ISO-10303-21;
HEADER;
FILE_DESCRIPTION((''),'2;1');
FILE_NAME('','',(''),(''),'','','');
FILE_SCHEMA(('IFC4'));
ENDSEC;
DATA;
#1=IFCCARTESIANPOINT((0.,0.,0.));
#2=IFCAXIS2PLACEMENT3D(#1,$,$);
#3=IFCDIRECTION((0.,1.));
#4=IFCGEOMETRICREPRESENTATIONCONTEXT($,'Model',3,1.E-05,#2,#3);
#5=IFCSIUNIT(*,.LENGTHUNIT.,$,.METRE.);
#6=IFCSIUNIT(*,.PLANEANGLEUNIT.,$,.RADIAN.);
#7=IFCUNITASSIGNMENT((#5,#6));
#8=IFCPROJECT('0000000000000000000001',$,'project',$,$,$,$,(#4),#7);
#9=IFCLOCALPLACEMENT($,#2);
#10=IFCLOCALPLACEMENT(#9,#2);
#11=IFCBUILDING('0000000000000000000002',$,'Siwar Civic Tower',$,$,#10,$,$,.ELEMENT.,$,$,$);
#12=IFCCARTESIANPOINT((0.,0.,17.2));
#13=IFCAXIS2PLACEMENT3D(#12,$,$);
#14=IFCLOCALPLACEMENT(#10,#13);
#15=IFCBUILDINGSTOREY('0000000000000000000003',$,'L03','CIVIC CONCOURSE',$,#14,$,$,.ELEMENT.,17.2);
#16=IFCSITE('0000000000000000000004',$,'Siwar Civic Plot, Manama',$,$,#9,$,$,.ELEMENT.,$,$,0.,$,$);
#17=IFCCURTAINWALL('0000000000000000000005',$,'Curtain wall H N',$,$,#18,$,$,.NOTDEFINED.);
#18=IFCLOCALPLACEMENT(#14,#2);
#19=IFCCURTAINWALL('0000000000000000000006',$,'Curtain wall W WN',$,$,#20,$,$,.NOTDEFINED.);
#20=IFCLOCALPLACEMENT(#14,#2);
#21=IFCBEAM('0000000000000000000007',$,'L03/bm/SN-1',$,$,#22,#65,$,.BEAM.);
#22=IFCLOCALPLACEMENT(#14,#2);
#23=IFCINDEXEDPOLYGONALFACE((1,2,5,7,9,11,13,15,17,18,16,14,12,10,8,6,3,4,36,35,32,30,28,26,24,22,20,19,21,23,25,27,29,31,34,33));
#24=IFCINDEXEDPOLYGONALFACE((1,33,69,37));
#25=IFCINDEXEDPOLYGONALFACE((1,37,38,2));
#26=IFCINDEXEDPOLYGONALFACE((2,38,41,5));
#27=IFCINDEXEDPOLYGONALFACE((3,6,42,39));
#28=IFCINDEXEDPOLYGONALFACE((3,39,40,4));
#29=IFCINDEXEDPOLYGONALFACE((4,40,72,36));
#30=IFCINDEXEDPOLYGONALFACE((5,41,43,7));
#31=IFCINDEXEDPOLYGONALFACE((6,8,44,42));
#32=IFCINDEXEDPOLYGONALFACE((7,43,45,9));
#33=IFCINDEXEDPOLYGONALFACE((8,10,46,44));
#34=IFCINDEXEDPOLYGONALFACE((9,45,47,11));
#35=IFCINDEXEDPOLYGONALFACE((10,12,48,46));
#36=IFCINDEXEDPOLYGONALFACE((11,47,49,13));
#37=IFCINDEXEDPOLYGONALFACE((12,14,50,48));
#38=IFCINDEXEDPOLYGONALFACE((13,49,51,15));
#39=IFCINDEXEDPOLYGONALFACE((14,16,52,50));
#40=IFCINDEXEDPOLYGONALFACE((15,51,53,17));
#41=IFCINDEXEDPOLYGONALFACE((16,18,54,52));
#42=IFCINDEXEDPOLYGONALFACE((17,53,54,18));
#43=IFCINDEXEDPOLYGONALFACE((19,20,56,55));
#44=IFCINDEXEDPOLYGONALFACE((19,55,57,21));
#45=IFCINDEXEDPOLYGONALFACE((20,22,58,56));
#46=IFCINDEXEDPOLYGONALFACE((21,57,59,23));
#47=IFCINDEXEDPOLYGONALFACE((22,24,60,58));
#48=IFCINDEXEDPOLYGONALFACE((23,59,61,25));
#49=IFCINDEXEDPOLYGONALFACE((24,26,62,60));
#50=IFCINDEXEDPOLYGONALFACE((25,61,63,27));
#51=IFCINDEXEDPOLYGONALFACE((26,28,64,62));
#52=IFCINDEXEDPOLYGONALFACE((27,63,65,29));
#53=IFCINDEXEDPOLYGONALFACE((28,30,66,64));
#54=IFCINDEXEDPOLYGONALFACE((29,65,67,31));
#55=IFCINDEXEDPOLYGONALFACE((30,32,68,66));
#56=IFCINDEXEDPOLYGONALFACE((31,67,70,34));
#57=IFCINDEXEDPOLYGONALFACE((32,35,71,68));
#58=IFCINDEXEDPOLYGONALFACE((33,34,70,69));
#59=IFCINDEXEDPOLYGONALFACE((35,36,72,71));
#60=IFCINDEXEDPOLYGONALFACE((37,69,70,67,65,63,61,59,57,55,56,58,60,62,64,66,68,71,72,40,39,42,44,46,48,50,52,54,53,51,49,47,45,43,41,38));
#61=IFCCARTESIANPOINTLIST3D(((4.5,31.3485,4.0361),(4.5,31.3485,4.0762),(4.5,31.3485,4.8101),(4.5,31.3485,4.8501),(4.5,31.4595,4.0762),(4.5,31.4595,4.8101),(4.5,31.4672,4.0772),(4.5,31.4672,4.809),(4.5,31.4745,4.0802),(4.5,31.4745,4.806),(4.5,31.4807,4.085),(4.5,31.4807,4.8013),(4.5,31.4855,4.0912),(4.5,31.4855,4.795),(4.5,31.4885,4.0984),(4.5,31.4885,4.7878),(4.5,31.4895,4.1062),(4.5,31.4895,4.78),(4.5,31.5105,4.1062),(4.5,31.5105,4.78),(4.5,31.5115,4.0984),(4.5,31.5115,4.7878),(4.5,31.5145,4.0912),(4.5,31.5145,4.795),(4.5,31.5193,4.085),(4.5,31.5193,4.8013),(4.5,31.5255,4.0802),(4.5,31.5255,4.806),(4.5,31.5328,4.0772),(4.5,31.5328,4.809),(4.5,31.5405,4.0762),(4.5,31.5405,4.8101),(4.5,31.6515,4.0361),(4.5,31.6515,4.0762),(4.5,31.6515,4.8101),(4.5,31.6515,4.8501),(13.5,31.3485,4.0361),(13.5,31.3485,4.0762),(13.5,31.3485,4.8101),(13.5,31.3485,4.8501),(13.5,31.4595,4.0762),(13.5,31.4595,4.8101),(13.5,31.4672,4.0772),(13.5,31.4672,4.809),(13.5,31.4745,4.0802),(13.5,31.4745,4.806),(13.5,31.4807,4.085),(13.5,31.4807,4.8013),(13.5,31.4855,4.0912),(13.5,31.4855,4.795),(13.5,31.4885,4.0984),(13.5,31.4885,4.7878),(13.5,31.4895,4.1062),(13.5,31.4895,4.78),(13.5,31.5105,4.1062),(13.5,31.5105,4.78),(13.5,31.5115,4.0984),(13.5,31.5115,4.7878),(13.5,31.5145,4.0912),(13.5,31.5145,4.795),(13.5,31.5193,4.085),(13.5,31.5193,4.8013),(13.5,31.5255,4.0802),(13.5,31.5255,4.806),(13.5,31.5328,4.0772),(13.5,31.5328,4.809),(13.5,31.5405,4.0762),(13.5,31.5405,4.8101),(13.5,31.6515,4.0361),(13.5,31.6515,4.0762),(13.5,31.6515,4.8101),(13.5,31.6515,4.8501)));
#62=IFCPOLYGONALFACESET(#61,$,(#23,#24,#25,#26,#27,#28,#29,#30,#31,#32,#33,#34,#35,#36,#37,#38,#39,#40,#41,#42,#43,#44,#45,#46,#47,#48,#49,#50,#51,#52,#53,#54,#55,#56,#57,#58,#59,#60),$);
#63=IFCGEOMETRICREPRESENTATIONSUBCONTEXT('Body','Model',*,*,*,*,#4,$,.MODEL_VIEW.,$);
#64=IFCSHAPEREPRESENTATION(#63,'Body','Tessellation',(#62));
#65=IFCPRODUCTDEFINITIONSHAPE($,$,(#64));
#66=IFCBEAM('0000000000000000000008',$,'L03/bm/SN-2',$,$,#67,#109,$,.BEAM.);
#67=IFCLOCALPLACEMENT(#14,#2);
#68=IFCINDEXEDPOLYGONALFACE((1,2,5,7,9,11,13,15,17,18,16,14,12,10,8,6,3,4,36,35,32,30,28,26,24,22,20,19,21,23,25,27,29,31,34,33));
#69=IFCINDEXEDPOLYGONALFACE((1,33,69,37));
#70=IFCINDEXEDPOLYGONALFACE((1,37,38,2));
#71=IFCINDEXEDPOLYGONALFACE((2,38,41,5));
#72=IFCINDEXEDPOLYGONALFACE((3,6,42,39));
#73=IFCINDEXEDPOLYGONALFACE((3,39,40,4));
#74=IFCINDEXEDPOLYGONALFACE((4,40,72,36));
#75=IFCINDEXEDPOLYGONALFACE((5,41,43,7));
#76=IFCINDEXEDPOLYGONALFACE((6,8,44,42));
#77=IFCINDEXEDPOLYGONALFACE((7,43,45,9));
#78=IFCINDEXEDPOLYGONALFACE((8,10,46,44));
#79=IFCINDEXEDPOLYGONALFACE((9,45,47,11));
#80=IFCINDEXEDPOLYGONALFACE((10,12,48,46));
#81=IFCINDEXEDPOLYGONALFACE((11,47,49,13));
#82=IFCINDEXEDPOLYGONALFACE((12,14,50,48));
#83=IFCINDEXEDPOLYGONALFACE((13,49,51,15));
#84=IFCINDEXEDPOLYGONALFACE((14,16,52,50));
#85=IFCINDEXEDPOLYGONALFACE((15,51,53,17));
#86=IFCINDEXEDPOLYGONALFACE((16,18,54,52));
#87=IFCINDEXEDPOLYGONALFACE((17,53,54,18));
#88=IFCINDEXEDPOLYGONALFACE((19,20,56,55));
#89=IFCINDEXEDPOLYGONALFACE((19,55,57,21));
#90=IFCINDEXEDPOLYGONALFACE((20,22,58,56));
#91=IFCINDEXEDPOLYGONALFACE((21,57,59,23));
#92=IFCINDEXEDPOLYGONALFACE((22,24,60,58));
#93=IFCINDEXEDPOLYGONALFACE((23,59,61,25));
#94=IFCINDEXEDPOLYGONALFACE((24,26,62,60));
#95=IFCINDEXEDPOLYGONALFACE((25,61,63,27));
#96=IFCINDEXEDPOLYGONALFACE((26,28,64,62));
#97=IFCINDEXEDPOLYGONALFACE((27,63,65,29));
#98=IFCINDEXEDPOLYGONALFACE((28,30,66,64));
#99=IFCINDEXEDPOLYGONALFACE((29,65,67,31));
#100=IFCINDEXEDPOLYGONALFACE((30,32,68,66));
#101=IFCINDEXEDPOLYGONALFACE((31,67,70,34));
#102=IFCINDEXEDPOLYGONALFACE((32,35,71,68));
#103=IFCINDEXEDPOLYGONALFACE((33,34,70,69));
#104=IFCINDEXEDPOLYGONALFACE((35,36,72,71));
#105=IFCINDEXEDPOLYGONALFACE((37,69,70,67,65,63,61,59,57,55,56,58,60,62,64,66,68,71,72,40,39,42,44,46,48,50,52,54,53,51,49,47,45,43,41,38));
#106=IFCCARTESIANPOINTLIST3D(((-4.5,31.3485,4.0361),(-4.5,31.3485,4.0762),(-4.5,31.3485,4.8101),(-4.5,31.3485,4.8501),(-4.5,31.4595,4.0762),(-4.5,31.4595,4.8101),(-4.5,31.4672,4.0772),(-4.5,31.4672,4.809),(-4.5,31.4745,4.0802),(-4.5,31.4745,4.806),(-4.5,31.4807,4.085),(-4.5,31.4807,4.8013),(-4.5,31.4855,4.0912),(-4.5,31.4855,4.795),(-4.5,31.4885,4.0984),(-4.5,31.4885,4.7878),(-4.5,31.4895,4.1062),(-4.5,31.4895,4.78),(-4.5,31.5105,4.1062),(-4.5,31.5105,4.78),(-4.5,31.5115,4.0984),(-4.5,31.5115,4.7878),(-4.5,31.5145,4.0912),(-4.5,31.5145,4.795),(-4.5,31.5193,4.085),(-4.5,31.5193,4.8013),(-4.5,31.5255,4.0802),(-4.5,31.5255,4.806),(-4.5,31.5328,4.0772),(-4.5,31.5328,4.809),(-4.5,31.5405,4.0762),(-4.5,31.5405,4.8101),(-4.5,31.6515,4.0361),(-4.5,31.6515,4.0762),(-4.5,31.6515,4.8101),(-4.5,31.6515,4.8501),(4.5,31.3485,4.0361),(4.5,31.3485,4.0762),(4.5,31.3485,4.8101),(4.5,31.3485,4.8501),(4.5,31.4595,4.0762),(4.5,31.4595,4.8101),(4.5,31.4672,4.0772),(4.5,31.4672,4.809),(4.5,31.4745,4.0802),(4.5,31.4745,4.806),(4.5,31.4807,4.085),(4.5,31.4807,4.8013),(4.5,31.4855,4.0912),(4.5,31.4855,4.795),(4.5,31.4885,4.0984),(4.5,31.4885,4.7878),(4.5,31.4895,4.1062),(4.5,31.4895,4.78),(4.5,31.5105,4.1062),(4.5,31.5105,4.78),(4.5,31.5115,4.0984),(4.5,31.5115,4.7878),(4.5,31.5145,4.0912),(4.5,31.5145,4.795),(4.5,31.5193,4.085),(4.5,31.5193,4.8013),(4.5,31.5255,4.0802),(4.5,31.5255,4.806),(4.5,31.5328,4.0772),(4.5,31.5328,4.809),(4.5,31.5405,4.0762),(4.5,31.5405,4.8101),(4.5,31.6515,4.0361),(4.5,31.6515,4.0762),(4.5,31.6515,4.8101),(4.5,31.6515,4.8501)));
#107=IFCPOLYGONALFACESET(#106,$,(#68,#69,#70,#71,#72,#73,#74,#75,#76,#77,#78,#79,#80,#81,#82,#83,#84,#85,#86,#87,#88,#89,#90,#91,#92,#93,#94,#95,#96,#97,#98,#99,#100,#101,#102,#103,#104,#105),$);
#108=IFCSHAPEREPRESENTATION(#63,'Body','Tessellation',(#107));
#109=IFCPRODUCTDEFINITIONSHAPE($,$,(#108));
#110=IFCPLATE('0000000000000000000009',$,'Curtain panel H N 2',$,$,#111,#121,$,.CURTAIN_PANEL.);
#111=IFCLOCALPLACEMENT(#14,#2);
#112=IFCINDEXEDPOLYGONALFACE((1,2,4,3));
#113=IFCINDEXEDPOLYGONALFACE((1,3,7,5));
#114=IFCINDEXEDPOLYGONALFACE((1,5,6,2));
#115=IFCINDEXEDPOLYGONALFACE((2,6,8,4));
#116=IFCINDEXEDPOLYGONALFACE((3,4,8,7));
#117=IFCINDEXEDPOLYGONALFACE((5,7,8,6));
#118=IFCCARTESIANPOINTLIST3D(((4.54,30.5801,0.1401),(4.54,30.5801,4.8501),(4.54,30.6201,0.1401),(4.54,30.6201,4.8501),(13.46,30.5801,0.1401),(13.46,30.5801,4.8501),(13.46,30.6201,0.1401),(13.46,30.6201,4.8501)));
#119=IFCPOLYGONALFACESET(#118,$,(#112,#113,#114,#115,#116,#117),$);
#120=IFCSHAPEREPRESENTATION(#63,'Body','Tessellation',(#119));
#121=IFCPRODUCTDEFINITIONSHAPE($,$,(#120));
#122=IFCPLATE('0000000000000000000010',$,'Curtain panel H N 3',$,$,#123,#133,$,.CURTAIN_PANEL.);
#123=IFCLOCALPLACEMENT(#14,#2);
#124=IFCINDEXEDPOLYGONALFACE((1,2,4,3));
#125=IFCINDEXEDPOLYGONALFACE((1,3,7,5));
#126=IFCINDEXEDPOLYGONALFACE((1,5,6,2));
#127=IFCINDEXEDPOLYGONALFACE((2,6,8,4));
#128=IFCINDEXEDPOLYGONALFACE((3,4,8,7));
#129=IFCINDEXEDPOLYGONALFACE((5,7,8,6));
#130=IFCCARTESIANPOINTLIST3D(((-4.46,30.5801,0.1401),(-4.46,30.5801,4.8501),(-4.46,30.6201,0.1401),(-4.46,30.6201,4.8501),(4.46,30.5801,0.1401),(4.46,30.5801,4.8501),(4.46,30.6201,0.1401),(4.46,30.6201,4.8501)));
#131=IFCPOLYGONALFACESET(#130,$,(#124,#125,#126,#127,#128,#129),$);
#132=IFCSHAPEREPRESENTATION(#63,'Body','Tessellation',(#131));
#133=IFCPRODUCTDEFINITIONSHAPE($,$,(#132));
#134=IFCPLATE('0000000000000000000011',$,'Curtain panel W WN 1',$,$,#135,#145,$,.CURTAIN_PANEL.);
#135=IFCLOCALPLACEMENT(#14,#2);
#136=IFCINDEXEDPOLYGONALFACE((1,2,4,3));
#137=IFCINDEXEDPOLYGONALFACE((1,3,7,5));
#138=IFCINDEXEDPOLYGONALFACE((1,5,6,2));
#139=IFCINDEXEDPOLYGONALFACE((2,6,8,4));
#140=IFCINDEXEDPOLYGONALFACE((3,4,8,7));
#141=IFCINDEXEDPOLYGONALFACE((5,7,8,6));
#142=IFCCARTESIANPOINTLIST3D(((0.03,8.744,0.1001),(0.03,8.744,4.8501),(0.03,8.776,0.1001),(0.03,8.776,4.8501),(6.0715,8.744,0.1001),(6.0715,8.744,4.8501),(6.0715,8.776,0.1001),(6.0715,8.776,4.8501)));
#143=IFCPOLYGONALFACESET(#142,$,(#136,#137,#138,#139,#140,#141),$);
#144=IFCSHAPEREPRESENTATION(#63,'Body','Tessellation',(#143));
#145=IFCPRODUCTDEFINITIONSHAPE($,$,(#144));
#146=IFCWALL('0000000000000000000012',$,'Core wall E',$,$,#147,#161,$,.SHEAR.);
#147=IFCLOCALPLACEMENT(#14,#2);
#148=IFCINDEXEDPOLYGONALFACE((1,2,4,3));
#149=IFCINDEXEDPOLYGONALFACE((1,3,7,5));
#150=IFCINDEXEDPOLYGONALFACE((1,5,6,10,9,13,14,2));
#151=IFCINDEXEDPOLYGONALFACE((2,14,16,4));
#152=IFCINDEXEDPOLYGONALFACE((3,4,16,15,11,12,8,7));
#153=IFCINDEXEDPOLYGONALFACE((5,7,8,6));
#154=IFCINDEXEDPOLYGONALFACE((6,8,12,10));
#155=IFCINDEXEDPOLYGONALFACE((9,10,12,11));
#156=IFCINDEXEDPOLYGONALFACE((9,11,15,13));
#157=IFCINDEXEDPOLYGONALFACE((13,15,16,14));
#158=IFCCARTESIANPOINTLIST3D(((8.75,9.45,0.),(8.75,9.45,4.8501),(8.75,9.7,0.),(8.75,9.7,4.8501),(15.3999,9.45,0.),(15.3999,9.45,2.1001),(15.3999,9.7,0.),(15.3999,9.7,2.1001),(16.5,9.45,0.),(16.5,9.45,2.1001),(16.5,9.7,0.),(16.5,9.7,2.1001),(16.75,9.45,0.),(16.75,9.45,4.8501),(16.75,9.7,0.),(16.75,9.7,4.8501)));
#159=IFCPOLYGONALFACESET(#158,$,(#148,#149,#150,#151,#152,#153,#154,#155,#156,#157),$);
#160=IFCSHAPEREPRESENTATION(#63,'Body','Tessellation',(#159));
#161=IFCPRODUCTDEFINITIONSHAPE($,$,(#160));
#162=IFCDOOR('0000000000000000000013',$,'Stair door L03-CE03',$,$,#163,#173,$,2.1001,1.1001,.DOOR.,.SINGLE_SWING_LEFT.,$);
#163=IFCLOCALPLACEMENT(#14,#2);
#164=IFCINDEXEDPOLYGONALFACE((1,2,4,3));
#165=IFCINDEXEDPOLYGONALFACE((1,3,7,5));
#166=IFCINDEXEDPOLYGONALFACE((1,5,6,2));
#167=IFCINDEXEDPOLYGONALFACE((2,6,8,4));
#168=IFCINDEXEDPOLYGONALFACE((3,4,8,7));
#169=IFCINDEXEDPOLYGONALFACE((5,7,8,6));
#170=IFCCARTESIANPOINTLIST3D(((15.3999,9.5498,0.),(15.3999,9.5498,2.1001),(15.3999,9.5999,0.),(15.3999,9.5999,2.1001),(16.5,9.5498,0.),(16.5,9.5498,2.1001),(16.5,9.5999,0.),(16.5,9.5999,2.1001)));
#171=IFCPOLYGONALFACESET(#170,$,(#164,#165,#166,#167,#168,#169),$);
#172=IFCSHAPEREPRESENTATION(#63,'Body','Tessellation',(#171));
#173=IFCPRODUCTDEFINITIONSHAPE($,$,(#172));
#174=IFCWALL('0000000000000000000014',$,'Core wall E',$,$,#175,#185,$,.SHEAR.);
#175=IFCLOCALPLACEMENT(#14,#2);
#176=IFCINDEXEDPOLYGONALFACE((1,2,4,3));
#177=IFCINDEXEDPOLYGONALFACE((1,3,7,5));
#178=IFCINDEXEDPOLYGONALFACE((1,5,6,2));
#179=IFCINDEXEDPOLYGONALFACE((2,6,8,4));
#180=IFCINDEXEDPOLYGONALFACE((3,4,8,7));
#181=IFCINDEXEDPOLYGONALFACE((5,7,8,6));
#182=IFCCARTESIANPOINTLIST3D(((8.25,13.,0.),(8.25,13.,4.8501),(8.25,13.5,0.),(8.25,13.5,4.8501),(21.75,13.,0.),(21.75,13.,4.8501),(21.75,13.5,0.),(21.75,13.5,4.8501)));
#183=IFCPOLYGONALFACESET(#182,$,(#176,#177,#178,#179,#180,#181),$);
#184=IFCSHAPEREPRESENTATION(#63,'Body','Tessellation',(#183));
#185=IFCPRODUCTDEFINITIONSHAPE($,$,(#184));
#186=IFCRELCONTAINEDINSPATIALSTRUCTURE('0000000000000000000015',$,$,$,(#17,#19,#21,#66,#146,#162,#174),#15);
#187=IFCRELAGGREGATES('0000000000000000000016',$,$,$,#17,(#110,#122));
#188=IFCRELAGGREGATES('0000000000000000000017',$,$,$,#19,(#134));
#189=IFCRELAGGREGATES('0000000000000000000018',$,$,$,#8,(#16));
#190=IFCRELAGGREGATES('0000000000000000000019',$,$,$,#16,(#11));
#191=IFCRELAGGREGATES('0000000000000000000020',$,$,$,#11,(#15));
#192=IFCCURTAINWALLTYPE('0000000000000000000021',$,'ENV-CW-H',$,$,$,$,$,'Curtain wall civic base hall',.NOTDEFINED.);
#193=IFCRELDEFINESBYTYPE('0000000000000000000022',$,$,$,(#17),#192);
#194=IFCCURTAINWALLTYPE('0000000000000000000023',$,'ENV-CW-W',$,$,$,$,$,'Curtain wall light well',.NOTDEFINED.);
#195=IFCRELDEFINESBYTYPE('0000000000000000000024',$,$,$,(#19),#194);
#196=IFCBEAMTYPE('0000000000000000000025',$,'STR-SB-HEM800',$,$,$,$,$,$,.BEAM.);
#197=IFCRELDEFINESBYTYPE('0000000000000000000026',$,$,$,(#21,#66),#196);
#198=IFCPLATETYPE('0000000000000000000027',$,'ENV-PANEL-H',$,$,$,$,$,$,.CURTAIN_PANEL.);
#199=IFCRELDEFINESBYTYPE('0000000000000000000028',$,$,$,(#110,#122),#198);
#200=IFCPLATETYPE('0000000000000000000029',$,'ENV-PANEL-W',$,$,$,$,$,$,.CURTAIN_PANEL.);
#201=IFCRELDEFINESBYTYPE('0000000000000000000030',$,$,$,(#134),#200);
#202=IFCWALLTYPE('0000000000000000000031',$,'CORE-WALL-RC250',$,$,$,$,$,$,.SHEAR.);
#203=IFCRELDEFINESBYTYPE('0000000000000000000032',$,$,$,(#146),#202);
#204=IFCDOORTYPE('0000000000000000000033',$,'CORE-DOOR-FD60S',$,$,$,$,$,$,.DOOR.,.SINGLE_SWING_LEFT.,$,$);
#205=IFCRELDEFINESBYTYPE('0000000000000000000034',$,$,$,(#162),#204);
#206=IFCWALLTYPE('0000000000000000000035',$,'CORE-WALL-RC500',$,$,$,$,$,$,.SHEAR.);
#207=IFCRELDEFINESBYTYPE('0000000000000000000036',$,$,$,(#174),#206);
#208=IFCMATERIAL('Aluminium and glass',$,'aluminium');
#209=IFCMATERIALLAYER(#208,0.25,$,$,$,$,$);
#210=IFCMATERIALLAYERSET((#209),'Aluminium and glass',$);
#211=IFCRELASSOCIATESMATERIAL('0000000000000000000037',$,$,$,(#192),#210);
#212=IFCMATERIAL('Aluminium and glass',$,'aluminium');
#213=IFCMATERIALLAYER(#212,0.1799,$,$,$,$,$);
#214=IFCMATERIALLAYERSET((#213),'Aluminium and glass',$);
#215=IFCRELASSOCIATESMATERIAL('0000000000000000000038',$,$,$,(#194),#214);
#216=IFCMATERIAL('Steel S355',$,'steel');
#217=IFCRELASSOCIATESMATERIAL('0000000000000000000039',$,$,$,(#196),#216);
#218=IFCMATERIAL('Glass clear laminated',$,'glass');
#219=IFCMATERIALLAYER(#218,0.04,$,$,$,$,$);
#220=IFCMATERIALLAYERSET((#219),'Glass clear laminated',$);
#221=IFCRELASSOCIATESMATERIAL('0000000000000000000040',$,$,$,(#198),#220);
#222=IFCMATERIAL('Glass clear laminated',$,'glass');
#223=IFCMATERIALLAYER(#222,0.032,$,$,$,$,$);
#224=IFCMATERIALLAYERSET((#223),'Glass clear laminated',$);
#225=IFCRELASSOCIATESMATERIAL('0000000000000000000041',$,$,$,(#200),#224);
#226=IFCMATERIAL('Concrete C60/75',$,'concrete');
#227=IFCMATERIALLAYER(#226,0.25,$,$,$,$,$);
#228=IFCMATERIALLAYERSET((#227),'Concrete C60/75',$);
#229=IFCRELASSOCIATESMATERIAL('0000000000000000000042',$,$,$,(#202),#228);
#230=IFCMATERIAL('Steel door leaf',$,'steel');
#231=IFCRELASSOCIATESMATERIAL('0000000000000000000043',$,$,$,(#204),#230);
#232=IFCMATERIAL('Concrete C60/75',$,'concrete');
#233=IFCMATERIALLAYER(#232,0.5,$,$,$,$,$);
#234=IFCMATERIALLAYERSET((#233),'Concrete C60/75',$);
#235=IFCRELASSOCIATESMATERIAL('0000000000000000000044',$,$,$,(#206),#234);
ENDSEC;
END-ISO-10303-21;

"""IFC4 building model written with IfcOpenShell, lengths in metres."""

from ifc_helpers import new_model, si_unit, direction, frame, frame_2d, origin, origin_2d, place, context, subcontext, project, spatial, rectangle, i_section, extrude, material, layer, layer_set, material_profile, profile_set, type_object, element, fill, aggregate, save


model = new_model("IFC4")

# Units and contexts
model_context = context("Model", 3, precision=1e-05, world=origin(), true_north=direction((0.0, 1.0)))
body_context = subcontext(model_context, "Body", "Model", "MODEL_VIEW")
ifc_project = project(units=[si_unit("LENGTHUNIT", "METRE"), si_unit("PLANEANGLEUNIT", "RADIAN")], contexts=[model_context])

# Site, building, storey
site_placement = place(None, origin())
site = spatial("IfcSite", under=ifc_project, at=site_placement, Name="Siwar Civic Plot, Manama", CompositionType="ELEMENT", RefElevation=0.0)
building_placement = place(site_placement, origin())
building = spatial("IfcBuilding", under=site, at=building_placement, Name="Siwar Civic Tower", CompositionType="ELEMENT")
storey_placement = place(building_placement, frame((0.0, 0.0, 17.2)))
storey = spatial("IfcBuildingStorey", under=building, at=storey_placement, Name="L03", Description="CIVIC CONCOURSE", CompositionType="ELEMENT", Elevation=17.2)

# Curtain wall
ifc_material_1 = material(Name="Aluminium and glass", Category="aluminium")
ifc_layer_1 = layer(ifc_material_1, 0.25)
ifc_layer_set_1 = layer_set([ifc_layer_1], Name="Aluminium and glass")
curtain_wall_type_1 = type_object("IfcCurtainWallType", Name="ENV-CW-H", ElementType="Curtain wall civic base hall", PredefinedType="NOTDEFINED", material=ifc_layer_set_1)
curtain_wall_1_placement = place(storey_placement, origin())
curtain_wall_1 = element("IfcCurtainWall", 1, at=curtain_wall_1_placement, inside=storey, type_object=curtain_wall_type_1, Name="Curtain wall H N", PredefinedType="NOTDEFINED")

# Curtain wall
ifc_material_2 = material(Name="Aluminium and glass", Category="aluminium")
ifc_layer_2 = layer(ifc_material_2, 0.1799)
ifc_layer_set_2 = layer_set([ifc_layer_2], Name="Aluminium and glass")
curtain_wall_type_2 = type_object("IfcCurtainWallType", Name="ENV-CW-W", ElementType="Curtain wall light well", PredefinedType="NOTDEFINED", material=ifc_layer_set_2)
curtain_wall_2_placement = place(storey_placement, origin())
curtain_wall_2 = element("IfcCurtainWall", 2, at=curtain_wall_2_placement, inside=storey, type_object=curtain_wall_type_2, Name="Curtain wall W WN", PredefinedType="NOTDEFINED")

# Beams
ifc_material_3 = material(Name="Steel S355", Category="steel")
ifc_material_profile_1 = material_profile(ifc_material_3, i_section(OverallWidth=0.303, OverallDepth=0.814, WebThickness=0.021, FlangeThickness=0.04, FilletRadius=0.03, at=origin_2d()), Name="HEM800")
ifc_profile_set_1 = profile_set([ifc_material_profile_1], Name="Steel S355")
beam_type_1 = type_object("IfcBeamType", Name="STR-SB-HEM800", PredefinedType="BEAM", material=ifc_profile_set_1)
for number, where, z_axis, x_axis, name in (
    (3, (13.5, 31.5, 4.4431), (-1.0, 0.0, 0.0), (0.0, -1.0, 0.0), "L03/bm/SN-1"),
    (4, (4.5, 31.5, 4.4431), (-1.0, 0.0, 0.0), (0.0, -1.0, 0.0), "L03/bm/SN-2"),
):
    element("IfcBeam", number, at=place(storey_placement, frame(where, z_axis=z_axis, x_axis=x_axis)), inside=storey, type_object=beam_type_1, Name=name, PredefinedType="BEAM", context=body_context, shape_type="SweptSolid", body=[
        extrude(i_section(OverallWidth=0.303, OverallDepth=0.814, WebThickness=0.021, FlangeThickness=0.04, FilletRadius=0.03, at=origin_2d()), origin(), (0.0, 0.0, 1.0), 9.0),
    ])

# Plates
ifc_material_4 = material(Name="Glass clear laminated", Category="glass")
ifc_layer_3 = layer(ifc_material_4, 0.04)
ifc_layer_set_3 = layer_set([ifc_layer_3], Name="Glass clear laminated")
plate_type_1 = type_object("IfcPlateType", Name="ENV-PANEL-H", PredefinedType="CURTAIN_PANEL", material=ifc_layer_set_3)
plate_1_placement = place(storey_placement, frame((9.0, 30.6001, 0.1401), z_axis=(0.0, 0.0, 1.0), x_axis=(-1.0, 0.0, 0.0)))
plate_1 = element("IfcPlate", 5, at=plate_1_placement, type_object=plate_type_1, Name="Curtain panel H N 2", PredefinedType="CURTAIN_PANEL", context=body_context, shape_type="SweptSolid", body=[
    extrude(rectangle(XDim=8.9199, YDim=0.04, at=origin_2d()), origin(), (0.0, 0.0, 1.0), 4.71),
])
plate_2_placement = place(storey_placement, frame((0.0, 30.6001, 0.1401), z_axis=(0.0, 0.0, 1.0), x_axis=(-1.0, 0.0, 0.0)))
plate_2 = element("IfcPlate", 6, at=plate_2_placement, type_object=plate_type_1, Name="Curtain panel H N 3", PredefinedType="CURTAIN_PANEL", context=body_context, shape_type="SweptSolid", body=[
    extrude(rectangle(XDim=8.9199, YDim=0.04, at=origin_2d()), origin(), (0.0, 0.0, 1.0), 4.71),
])
aggregate(curtain_wall_1, [plate_1, plate_2])
ifc_material_5 = material(Name="Glass clear laminated", Category="glass")
ifc_layer_4 = layer(ifc_material_5, 0.032)
ifc_layer_set_4 = layer_set([ifc_layer_4], Name="Glass clear laminated")
plate_type_2 = type_object("IfcPlateType", Name="ENV-PANEL-W", PredefinedType="CURTAIN_PANEL", material=ifc_layer_set_4)
plate_3_placement = place(storey_placement, frame((3.0508, 8.76, 0.1001), z_axis=(0.0, 0.0, 1.0), x_axis=(-1.0, 0.0, 0.0)))
plate_3 = element("IfcPlate", 7, at=plate_3_placement, type_object=plate_type_2, Name="Curtain panel W WN 1", PredefinedType="CURTAIN_PANEL", context=body_context, shape_type="SweptSolid", body=[
    extrude(rectangle(XDim=6.0415, YDim=0.032, at=origin_2d()), origin(), (0.0, 0.0, 1.0), 4.75),
])
aggregate(curtain_wall_2, [plate_3])

# Wall, opening, door
ifc_material_6 = material(Name="Concrete C60/75", Category="concrete")
ifc_layer_5 = layer(ifc_material_6, 0.25)
ifc_layer_set_5 = layer_set([ifc_layer_5], Name="Concrete C60/75")
wall_type_1 = type_object("IfcWallType", Name="CORE-WALL-RC250", PredefinedType="SHEAR", material=ifc_layer_set_5)
wall_1_placement = place(storey_placement, frame((8.75, 9.575, 0.0), z_axis=(0.0, 0.0, 1.0), x_axis=(1.0, 0.0, 0.0)))
wall_1 = element("IfcWall", 8, at=wall_1_placement, inside=storey, type_object=wall_type_1, Name="Core wall E", PredefinedType="SHEAR", context=body_context, shape_type="SweptSolid", body=[
    extrude(rectangle(XDim=8.0, YDim=0.25, at=frame_2d((4.0, 0.0))), origin(), (0.0, 0.0, 1.0), 4.8501),
])
opening_placement = place(wall_1_placement, frame((6.6499, 0.0, 0.0)))
opening = element("IfcOpeningElement", 9, at=opening_placement, cuts=wall_1, PredefinedType="OPENING", context=body_context, shape_type="SweptSolid", body=[
    extrude(rectangle(XDim=1.1001, YDim=2.1001, at=frame_2d((0.55, 1.05))), frame((0.0, 0.135, 0.0), z_axis=(0.0, -1.0, 0.0), x_axis=(1.0, 0.0, 0.0)), (0.0, 0.0, 1.0), 0.27),
])
ifc_material_7 = material(Name="Steel door leaf", Category="steel")
door_type = type_object("IfcDoorType", Name="CORE-DOOR-FD60S", OperationType="SINGLE_SWING_LEFT", PredefinedType="DOOR", material=ifc_material_7)
door_placement = place(opening_placement, origin())
door = element("IfcDoor", 10, at=door_placement, inside=storey, type_object=door_type, Name="Stair door L03-CE03", OperationType="SINGLE_SWING_LEFT", OverallHeight=2.1001, OverallWidth=1.1001, PredefinedType="DOOR", context=body_context, shape_type="SweptSolid", body=[
    extrude(rectangle(XDim=1.1001, YDim=2.1001, at=frame_2d((0.55, 1.05))), frame((0.0, 0.0249, 0.0), z_axis=(0.0, -1.0, 0.0), x_axis=(1.0, 0.0, 0.0)), (0.0, 0.0, 1.0), 0.05),
])
fill(opening, door)

# Wall
ifc_material_8 = material(Name="Concrete C60/75", Category="concrete")
ifc_layer_6 = layer(ifc_material_8, 0.5)
ifc_layer_set_6 = layer_set([ifc_layer_6], Name="Concrete C60/75")
wall_type_2 = type_object("IfcWallType", Name="CORE-WALL-RC500", PredefinedType="SHEAR", material=ifc_layer_set_6)
wall_2_placement = place(storey_placement, frame((8.25, 13.25, 0.0), z_axis=(0.0, 0.0, 1.0), x_axis=(1.0, 0.0, 0.0)))
element("IfcWall", 11, at=wall_2_placement, inside=storey, type_object=wall_type_2, Name="Core wall E", PredefinedType="SHEAR", context=body_context, shape_type="SweptSolid", body=[
    extrude(rectangle(XDim=13.5, YDim=0.5, at=frame_2d((6.75, 0.0))), origin(), (0.0, 0.0, 1.0), 4.8501),
])

save(model, "model.ifc")
